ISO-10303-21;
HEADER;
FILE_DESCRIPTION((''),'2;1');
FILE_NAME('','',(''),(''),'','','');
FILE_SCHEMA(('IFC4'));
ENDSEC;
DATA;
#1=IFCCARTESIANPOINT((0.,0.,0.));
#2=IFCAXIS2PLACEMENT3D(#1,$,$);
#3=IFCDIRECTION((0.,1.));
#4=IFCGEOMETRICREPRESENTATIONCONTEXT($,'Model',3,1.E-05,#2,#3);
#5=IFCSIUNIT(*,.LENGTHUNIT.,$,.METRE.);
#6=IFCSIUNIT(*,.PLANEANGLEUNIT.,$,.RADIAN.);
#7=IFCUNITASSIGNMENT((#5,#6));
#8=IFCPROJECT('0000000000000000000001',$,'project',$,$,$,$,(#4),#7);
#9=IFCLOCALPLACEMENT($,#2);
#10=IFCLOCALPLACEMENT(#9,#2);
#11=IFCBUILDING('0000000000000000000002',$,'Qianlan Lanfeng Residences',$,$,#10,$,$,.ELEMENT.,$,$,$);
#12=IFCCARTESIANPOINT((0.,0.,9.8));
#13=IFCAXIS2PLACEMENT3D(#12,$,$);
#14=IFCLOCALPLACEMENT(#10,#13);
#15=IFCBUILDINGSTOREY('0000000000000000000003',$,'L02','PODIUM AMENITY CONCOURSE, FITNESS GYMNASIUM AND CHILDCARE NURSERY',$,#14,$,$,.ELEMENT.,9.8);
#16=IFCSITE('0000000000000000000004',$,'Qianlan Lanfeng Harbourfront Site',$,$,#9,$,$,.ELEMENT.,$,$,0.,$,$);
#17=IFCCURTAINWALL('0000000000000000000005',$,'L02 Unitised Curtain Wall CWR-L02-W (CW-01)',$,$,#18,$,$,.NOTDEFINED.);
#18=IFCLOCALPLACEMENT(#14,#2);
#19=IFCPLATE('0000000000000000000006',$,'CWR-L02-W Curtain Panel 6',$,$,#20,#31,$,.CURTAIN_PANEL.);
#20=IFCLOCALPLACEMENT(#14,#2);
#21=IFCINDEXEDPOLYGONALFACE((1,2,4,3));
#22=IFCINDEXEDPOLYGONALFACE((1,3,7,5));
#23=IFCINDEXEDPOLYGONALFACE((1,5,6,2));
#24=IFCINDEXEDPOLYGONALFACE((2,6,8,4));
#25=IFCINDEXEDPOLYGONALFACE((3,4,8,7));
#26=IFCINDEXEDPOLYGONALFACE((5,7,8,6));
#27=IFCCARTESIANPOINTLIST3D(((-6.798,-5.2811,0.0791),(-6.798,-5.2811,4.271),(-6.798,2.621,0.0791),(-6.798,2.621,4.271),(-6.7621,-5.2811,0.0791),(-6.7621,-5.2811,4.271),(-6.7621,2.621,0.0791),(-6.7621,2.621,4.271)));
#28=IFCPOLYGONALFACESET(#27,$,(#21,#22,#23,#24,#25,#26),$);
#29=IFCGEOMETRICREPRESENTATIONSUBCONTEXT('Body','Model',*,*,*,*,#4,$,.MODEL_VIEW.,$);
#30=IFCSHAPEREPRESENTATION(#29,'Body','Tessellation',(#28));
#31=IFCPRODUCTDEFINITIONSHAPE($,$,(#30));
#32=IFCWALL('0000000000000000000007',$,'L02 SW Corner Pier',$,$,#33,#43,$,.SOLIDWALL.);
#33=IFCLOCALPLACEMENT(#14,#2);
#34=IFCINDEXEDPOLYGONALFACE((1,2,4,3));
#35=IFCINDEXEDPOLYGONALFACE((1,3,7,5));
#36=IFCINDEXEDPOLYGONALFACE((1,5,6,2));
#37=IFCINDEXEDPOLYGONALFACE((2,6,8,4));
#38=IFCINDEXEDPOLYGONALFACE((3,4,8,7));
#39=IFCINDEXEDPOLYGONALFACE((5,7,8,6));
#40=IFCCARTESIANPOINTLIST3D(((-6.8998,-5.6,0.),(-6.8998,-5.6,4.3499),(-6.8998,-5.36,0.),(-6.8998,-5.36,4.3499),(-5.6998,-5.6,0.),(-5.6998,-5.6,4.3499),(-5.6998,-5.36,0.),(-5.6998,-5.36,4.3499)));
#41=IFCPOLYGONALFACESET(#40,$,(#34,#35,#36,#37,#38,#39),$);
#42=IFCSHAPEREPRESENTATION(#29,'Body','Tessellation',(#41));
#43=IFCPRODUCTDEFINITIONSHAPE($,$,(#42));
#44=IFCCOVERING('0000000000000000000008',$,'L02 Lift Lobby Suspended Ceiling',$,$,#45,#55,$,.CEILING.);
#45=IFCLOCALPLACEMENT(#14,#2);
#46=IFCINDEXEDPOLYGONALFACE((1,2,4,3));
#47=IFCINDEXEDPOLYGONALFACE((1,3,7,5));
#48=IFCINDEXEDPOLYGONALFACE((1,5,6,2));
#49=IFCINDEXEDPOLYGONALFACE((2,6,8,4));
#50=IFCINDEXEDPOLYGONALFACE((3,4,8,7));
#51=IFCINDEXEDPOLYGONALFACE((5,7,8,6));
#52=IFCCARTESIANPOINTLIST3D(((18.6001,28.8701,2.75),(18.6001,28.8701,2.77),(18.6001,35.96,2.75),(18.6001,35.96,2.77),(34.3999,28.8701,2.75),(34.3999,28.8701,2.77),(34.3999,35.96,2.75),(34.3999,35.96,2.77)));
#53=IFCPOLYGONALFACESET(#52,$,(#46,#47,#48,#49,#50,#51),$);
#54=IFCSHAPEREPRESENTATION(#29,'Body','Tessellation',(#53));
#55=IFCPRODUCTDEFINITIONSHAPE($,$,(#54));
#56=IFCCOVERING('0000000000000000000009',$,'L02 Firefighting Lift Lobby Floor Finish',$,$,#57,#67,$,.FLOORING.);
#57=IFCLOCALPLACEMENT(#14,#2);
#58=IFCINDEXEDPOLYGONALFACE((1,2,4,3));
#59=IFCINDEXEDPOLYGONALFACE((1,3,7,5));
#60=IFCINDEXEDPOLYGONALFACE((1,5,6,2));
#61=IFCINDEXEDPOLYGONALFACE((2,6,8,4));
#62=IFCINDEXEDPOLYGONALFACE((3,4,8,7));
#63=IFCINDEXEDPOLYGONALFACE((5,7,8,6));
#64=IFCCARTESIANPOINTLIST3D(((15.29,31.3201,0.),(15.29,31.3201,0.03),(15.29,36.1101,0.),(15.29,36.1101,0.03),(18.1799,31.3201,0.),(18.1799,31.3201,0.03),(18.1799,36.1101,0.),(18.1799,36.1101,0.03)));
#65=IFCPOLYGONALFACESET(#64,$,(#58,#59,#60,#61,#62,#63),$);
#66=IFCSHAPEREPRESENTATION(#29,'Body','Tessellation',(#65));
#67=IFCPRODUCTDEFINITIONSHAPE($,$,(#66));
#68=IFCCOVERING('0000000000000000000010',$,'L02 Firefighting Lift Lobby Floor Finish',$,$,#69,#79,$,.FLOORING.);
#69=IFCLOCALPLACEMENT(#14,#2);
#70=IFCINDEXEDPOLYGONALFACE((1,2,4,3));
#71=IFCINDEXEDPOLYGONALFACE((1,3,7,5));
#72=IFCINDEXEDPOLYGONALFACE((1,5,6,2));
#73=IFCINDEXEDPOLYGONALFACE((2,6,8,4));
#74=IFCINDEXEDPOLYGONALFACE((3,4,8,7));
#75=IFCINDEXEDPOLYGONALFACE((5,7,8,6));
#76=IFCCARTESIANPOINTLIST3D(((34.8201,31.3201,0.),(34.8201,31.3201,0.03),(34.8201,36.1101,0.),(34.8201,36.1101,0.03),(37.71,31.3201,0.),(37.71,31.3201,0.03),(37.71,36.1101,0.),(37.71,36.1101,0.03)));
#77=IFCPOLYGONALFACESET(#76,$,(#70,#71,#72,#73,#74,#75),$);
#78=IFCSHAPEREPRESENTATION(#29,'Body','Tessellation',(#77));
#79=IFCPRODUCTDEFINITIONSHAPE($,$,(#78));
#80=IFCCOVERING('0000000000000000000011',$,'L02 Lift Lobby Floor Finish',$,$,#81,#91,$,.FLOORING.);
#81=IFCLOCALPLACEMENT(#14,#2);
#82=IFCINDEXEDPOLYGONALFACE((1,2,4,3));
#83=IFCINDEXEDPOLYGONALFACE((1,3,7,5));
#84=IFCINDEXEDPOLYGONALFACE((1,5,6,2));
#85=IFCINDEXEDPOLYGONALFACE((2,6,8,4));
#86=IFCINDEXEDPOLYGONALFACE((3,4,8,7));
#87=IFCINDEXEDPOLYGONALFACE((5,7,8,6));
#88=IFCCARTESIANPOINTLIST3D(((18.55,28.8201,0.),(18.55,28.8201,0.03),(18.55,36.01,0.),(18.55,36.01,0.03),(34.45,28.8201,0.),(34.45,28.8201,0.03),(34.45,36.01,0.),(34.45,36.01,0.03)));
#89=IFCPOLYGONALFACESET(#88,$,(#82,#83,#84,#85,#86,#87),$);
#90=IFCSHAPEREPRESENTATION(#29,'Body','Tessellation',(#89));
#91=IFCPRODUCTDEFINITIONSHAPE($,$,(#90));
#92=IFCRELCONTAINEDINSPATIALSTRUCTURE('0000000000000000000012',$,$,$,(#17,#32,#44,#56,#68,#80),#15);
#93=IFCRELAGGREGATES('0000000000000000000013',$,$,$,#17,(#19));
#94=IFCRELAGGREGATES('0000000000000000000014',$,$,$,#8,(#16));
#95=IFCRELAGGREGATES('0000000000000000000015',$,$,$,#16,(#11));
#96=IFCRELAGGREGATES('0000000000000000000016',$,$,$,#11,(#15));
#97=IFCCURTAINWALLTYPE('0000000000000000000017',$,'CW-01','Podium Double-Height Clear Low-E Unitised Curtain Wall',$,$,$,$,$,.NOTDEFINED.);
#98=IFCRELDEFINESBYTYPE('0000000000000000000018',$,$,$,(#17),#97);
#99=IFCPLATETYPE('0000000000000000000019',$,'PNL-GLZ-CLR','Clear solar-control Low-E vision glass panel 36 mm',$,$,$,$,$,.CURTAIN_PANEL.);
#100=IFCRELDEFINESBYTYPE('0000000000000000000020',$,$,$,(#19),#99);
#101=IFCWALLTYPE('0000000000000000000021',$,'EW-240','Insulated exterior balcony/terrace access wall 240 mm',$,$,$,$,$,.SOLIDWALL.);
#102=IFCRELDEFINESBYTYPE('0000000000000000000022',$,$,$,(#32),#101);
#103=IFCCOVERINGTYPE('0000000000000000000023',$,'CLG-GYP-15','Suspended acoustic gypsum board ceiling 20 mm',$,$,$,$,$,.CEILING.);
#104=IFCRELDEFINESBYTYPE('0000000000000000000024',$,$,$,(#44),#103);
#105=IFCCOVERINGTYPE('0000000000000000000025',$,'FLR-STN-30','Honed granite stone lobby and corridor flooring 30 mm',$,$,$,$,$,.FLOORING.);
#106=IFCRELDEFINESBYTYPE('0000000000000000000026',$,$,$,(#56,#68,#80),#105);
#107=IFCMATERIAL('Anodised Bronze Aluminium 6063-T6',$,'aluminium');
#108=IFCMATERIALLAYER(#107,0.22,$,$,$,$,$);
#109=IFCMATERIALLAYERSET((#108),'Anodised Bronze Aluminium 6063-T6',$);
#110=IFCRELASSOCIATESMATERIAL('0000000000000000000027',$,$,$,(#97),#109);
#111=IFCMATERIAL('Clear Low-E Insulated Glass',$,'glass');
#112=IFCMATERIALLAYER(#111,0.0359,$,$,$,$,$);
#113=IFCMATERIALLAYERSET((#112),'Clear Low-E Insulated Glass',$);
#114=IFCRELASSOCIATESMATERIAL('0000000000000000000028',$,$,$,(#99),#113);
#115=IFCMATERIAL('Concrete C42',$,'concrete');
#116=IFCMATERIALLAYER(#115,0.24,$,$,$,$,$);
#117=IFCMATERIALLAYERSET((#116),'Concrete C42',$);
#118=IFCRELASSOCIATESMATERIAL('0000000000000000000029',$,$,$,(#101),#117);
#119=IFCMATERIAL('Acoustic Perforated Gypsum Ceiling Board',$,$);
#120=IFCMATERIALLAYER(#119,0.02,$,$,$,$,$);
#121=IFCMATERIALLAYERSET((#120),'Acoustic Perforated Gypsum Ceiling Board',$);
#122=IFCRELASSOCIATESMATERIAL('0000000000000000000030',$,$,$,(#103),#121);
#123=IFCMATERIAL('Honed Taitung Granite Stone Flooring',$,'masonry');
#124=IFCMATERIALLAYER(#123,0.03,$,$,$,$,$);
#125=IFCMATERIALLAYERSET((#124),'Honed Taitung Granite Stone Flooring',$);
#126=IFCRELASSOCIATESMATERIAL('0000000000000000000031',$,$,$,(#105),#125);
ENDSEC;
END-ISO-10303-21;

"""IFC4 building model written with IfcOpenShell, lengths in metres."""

from ifc_helpers import new_model, si_unit, direction, frame, frame_2d, origin, origin_2d, place, context, subcontext, project, spatial, polyline, rectangle, outline, extrude, source, transform, mapped, material, layer, layer_set, type_object, element, aggregate, save


model = new_model("IFC4")

# Units and contexts
model_context = context("Model", 3, precision=1e-05, world=origin(), true_north=direction((0.0, 1.0)))
body_context = subcontext(model_context, "Body", "Model", "MODEL_VIEW")
ifc_project = project(units=[si_unit("LENGTHUNIT", "METRE"), si_unit("PLANEANGLEUNIT", "RADIAN")], contexts=[model_context])

# Site, building, storey
site_placement = place(None, origin())
site = spatial("IfcSite", under=ifc_project, at=site_placement, Name="Qianlan Lanfeng Harbourfront Site", CompositionType="ELEMENT", RefElevation=0.0)
building_placement = place(site_placement, origin())
building = spatial("IfcBuilding", under=site, at=building_placement, Name="Qianlan Lanfeng Residences", CompositionType="ELEMENT")
storey_placement = place(building_placement, frame((0.0, 0.0, 9.8)))
storey = spatial("IfcBuildingStorey", under=building, at=storey_placement, Name="L02", Description="PODIUM AMENITY CONCOURSE, FITNESS GYMNASIUM AND CHILDCARE NURSERY", CompositionType="ELEMENT", Elevation=9.8)

# Shared definitions
ifc_material_1 = material(Name="Anodised Bronze Aluminium 6063-T6", Category="aluminium")
ifc_layer_1 = layer(ifc_material_1, 0.22)
ifc_layer_set_1 = layer_set([ifc_layer_1], Name="Anodised Bronze Aluminium 6063-T6")
curtain_wall_type = type_object("IfcCurtainWallType", Name="CW-01", Description="Podium Double-Height Clear Low-E Unitised Curtain Wall", PredefinedType="NOTDEFINED", material=ifc_layer_set_1)

# Curtain wall
curtain_wall_1_placement = place(storey_placement, origin())
curtain_wall_1 = element("IfcCurtainWall", 1, at=curtain_wall_1_placement, inside=storey, type_object=curtain_wall_type, Name="L02 Unitised Curtain Wall CWR-L02-W (CW-01)", PredefinedType="NOTDEFINED")

# Shared definitions
ifc_material_2 = material(Name="Concrete C42", Category="concrete")

# Plate
ifc_material_3 = material(Name="Clear Low-E Insulated Glass", Category="glass")
ifc_layer_2 = layer(ifc_material_3, 0.0359)
ifc_layer_set_2 = layer_set([ifc_layer_2], Name="Clear Low-E Insulated Glass")
plate_type = type_object("IfcPlateType", Name="PNL-GLZ-CLR", Description="Clear solar-control Low-E vision glass panel 36 mm", PredefinedType="CURTAIN_PANEL", material=ifc_layer_set_2)
shared_shape_1 = source(origin(), body_context, "Body", "SweptSolid", [
    extrude(rectangle(XDim=7.9021, YDim=0.0359, at=origin_2d()), origin(), (0.0, 0.0, 1.0), 4.1919),
])
plate_1_placement = place(storey_placement, frame((-6.78, -1.3301, 0.0791), z_axis=(0.0, 0.0, 1.0), x_axis=(0.0, -1.0, 0.0)))
plate_1 = element("IfcPlate", 2, at=plate_1_placement, type_object=plate_type, Name="CWR-L02-W Curtain Panel 6", PredefinedType="CURTAIN_PANEL", context=body_context, shape_type="MappedRepresentation", body=[
    mapped(shared_shape_1, transform((0.0, 0.0, 0.0), scale=1.0)),
])
aggregate(curtain_wall_1, [plate_1])

# Wall
ifc_layer_3 = layer(ifc_material_2, 0.24)
ifc_layer_set_3 = layer_set([ifc_layer_3], Name="Concrete C42")
wall_type = type_object("IfcWallType", Name="EW-240", Description="Insulated exterior balcony/terrace access wall 240 mm", PredefinedType="SOLIDWALL", material=ifc_layer_set_3)
wall_placement = place(storey_placement, frame((-6.8999, -5.48, 0.0), z_axis=(0.0, 0.0, 1.0), x_axis=(1.0, 0.0, 0.0)))
element("IfcWall", 3, at=wall_placement, inside=storey, type_object=wall_type, Name="L02 SW Corner Pier", PredefinedType="SOLIDWALL", context=body_context, shape_type="SweptSolid", body=[
    extrude(rectangle(XDim=1.2, YDim=0.24, at=frame_2d((0.6001, 0.0))), origin(), (0.0, 0.0, 1.0), 4.3499),
])

# Coverings
ifc_material_4 = material(Name="Acoustic Perforated Gypsum Ceiling Board")
ifc_layer_4 = layer(ifc_material_4, 0.02)
ifc_layer_set_4 = layer_set([ifc_layer_4], Name="Acoustic Perforated Gypsum Ceiling Board")
covering_type_1 = type_object("IfcCoveringType", Name="CLG-GYP-15", Description="Suspended acoustic gypsum board ceiling 20 mm", PredefinedType="CEILING", material=ifc_layer_set_4)
covering_1_placement = place(storey_placement, frame((0.0, 0.0, 2.75)))
element("IfcCovering", 4, at=covering_1_placement, inside=storey, type_object=covering_type_1, Name="L02 Lift Lobby Suspended Ceiling", PredefinedType="CEILING", context=body_context, shape_type="SweptSolid", body=[
    extrude(outline(polyline([(18.6001, 28.8701), (34.3999, 28.8701), (34.3999, 35.96), (18.6001, 35.96), (18.6001, 28.8701)])), origin(), (0.0, 0.0, 1.0), 0.02),
])
ifc_material_5 = material(Name="Honed Taitung Granite Stone Flooring", Category="masonry")
ifc_layer_5 = layer(ifc_material_5, 0.03)
ifc_layer_set_5 = layer_set([ifc_layer_5], Name="Honed Taitung Granite Stone Flooring")
covering_type_2 = type_object("IfcCoveringType", Name="FLR-STN-30", Description="Honed granite stone lobby and corridor flooring 30 mm", PredefinedType="FLOORING", material=ifc_layer_set_5)
covering_2_placement = place(storey_placement, origin())
element("IfcCovering", 5, at=covering_2_placement, inside=storey, type_object=covering_type_2, Name="L02 Firefighting Lift Lobby Floor Finish", PredefinedType="FLOORING", context=body_context, shape_type="SweptSolid", body=[
    extrude(outline(polyline([(15.29, 31.3201), (18.1799, 31.3201), (18.1799, 36.1101), (15.29, 36.1101), (15.29, 31.3201)])), origin(), (0.0, 0.0, 1.0), 0.03),
])
covering_3_placement = place(storey_placement, origin())
element("IfcCovering", 6, at=covering_3_placement, inside=storey, type_object=covering_type_2, Name="L02 Firefighting Lift Lobby Floor Finish", PredefinedType="FLOORING", context=body_context, shape_type="SweptSolid", body=[
    extrude(outline(polyline([(34.8201, 31.3201), (37.71, 31.3201), (37.71, 36.1101), (34.8201, 36.1101), (34.8201, 31.3201)])), origin(), (0.0, 0.0, 1.0), 0.03),
])
covering_4_placement = place(storey_placement, origin())
element("IfcCovering", 7, at=covering_4_placement, inside=storey, type_object=covering_type_2, Name="L02 Lift Lobby Floor Finish", PredefinedType="FLOORING", context=body_context, shape_type="SweptSolid", body=[
    extrude(outline(polyline([(18.55, 28.8201), (34.45, 28.8201), (34.45, 36.01), (18.55, 36.01), (18.55, 28.8201)])), origin(), (0.0, 0.0, 1.0), 0.03),
])

save(model, "model.ifc")
